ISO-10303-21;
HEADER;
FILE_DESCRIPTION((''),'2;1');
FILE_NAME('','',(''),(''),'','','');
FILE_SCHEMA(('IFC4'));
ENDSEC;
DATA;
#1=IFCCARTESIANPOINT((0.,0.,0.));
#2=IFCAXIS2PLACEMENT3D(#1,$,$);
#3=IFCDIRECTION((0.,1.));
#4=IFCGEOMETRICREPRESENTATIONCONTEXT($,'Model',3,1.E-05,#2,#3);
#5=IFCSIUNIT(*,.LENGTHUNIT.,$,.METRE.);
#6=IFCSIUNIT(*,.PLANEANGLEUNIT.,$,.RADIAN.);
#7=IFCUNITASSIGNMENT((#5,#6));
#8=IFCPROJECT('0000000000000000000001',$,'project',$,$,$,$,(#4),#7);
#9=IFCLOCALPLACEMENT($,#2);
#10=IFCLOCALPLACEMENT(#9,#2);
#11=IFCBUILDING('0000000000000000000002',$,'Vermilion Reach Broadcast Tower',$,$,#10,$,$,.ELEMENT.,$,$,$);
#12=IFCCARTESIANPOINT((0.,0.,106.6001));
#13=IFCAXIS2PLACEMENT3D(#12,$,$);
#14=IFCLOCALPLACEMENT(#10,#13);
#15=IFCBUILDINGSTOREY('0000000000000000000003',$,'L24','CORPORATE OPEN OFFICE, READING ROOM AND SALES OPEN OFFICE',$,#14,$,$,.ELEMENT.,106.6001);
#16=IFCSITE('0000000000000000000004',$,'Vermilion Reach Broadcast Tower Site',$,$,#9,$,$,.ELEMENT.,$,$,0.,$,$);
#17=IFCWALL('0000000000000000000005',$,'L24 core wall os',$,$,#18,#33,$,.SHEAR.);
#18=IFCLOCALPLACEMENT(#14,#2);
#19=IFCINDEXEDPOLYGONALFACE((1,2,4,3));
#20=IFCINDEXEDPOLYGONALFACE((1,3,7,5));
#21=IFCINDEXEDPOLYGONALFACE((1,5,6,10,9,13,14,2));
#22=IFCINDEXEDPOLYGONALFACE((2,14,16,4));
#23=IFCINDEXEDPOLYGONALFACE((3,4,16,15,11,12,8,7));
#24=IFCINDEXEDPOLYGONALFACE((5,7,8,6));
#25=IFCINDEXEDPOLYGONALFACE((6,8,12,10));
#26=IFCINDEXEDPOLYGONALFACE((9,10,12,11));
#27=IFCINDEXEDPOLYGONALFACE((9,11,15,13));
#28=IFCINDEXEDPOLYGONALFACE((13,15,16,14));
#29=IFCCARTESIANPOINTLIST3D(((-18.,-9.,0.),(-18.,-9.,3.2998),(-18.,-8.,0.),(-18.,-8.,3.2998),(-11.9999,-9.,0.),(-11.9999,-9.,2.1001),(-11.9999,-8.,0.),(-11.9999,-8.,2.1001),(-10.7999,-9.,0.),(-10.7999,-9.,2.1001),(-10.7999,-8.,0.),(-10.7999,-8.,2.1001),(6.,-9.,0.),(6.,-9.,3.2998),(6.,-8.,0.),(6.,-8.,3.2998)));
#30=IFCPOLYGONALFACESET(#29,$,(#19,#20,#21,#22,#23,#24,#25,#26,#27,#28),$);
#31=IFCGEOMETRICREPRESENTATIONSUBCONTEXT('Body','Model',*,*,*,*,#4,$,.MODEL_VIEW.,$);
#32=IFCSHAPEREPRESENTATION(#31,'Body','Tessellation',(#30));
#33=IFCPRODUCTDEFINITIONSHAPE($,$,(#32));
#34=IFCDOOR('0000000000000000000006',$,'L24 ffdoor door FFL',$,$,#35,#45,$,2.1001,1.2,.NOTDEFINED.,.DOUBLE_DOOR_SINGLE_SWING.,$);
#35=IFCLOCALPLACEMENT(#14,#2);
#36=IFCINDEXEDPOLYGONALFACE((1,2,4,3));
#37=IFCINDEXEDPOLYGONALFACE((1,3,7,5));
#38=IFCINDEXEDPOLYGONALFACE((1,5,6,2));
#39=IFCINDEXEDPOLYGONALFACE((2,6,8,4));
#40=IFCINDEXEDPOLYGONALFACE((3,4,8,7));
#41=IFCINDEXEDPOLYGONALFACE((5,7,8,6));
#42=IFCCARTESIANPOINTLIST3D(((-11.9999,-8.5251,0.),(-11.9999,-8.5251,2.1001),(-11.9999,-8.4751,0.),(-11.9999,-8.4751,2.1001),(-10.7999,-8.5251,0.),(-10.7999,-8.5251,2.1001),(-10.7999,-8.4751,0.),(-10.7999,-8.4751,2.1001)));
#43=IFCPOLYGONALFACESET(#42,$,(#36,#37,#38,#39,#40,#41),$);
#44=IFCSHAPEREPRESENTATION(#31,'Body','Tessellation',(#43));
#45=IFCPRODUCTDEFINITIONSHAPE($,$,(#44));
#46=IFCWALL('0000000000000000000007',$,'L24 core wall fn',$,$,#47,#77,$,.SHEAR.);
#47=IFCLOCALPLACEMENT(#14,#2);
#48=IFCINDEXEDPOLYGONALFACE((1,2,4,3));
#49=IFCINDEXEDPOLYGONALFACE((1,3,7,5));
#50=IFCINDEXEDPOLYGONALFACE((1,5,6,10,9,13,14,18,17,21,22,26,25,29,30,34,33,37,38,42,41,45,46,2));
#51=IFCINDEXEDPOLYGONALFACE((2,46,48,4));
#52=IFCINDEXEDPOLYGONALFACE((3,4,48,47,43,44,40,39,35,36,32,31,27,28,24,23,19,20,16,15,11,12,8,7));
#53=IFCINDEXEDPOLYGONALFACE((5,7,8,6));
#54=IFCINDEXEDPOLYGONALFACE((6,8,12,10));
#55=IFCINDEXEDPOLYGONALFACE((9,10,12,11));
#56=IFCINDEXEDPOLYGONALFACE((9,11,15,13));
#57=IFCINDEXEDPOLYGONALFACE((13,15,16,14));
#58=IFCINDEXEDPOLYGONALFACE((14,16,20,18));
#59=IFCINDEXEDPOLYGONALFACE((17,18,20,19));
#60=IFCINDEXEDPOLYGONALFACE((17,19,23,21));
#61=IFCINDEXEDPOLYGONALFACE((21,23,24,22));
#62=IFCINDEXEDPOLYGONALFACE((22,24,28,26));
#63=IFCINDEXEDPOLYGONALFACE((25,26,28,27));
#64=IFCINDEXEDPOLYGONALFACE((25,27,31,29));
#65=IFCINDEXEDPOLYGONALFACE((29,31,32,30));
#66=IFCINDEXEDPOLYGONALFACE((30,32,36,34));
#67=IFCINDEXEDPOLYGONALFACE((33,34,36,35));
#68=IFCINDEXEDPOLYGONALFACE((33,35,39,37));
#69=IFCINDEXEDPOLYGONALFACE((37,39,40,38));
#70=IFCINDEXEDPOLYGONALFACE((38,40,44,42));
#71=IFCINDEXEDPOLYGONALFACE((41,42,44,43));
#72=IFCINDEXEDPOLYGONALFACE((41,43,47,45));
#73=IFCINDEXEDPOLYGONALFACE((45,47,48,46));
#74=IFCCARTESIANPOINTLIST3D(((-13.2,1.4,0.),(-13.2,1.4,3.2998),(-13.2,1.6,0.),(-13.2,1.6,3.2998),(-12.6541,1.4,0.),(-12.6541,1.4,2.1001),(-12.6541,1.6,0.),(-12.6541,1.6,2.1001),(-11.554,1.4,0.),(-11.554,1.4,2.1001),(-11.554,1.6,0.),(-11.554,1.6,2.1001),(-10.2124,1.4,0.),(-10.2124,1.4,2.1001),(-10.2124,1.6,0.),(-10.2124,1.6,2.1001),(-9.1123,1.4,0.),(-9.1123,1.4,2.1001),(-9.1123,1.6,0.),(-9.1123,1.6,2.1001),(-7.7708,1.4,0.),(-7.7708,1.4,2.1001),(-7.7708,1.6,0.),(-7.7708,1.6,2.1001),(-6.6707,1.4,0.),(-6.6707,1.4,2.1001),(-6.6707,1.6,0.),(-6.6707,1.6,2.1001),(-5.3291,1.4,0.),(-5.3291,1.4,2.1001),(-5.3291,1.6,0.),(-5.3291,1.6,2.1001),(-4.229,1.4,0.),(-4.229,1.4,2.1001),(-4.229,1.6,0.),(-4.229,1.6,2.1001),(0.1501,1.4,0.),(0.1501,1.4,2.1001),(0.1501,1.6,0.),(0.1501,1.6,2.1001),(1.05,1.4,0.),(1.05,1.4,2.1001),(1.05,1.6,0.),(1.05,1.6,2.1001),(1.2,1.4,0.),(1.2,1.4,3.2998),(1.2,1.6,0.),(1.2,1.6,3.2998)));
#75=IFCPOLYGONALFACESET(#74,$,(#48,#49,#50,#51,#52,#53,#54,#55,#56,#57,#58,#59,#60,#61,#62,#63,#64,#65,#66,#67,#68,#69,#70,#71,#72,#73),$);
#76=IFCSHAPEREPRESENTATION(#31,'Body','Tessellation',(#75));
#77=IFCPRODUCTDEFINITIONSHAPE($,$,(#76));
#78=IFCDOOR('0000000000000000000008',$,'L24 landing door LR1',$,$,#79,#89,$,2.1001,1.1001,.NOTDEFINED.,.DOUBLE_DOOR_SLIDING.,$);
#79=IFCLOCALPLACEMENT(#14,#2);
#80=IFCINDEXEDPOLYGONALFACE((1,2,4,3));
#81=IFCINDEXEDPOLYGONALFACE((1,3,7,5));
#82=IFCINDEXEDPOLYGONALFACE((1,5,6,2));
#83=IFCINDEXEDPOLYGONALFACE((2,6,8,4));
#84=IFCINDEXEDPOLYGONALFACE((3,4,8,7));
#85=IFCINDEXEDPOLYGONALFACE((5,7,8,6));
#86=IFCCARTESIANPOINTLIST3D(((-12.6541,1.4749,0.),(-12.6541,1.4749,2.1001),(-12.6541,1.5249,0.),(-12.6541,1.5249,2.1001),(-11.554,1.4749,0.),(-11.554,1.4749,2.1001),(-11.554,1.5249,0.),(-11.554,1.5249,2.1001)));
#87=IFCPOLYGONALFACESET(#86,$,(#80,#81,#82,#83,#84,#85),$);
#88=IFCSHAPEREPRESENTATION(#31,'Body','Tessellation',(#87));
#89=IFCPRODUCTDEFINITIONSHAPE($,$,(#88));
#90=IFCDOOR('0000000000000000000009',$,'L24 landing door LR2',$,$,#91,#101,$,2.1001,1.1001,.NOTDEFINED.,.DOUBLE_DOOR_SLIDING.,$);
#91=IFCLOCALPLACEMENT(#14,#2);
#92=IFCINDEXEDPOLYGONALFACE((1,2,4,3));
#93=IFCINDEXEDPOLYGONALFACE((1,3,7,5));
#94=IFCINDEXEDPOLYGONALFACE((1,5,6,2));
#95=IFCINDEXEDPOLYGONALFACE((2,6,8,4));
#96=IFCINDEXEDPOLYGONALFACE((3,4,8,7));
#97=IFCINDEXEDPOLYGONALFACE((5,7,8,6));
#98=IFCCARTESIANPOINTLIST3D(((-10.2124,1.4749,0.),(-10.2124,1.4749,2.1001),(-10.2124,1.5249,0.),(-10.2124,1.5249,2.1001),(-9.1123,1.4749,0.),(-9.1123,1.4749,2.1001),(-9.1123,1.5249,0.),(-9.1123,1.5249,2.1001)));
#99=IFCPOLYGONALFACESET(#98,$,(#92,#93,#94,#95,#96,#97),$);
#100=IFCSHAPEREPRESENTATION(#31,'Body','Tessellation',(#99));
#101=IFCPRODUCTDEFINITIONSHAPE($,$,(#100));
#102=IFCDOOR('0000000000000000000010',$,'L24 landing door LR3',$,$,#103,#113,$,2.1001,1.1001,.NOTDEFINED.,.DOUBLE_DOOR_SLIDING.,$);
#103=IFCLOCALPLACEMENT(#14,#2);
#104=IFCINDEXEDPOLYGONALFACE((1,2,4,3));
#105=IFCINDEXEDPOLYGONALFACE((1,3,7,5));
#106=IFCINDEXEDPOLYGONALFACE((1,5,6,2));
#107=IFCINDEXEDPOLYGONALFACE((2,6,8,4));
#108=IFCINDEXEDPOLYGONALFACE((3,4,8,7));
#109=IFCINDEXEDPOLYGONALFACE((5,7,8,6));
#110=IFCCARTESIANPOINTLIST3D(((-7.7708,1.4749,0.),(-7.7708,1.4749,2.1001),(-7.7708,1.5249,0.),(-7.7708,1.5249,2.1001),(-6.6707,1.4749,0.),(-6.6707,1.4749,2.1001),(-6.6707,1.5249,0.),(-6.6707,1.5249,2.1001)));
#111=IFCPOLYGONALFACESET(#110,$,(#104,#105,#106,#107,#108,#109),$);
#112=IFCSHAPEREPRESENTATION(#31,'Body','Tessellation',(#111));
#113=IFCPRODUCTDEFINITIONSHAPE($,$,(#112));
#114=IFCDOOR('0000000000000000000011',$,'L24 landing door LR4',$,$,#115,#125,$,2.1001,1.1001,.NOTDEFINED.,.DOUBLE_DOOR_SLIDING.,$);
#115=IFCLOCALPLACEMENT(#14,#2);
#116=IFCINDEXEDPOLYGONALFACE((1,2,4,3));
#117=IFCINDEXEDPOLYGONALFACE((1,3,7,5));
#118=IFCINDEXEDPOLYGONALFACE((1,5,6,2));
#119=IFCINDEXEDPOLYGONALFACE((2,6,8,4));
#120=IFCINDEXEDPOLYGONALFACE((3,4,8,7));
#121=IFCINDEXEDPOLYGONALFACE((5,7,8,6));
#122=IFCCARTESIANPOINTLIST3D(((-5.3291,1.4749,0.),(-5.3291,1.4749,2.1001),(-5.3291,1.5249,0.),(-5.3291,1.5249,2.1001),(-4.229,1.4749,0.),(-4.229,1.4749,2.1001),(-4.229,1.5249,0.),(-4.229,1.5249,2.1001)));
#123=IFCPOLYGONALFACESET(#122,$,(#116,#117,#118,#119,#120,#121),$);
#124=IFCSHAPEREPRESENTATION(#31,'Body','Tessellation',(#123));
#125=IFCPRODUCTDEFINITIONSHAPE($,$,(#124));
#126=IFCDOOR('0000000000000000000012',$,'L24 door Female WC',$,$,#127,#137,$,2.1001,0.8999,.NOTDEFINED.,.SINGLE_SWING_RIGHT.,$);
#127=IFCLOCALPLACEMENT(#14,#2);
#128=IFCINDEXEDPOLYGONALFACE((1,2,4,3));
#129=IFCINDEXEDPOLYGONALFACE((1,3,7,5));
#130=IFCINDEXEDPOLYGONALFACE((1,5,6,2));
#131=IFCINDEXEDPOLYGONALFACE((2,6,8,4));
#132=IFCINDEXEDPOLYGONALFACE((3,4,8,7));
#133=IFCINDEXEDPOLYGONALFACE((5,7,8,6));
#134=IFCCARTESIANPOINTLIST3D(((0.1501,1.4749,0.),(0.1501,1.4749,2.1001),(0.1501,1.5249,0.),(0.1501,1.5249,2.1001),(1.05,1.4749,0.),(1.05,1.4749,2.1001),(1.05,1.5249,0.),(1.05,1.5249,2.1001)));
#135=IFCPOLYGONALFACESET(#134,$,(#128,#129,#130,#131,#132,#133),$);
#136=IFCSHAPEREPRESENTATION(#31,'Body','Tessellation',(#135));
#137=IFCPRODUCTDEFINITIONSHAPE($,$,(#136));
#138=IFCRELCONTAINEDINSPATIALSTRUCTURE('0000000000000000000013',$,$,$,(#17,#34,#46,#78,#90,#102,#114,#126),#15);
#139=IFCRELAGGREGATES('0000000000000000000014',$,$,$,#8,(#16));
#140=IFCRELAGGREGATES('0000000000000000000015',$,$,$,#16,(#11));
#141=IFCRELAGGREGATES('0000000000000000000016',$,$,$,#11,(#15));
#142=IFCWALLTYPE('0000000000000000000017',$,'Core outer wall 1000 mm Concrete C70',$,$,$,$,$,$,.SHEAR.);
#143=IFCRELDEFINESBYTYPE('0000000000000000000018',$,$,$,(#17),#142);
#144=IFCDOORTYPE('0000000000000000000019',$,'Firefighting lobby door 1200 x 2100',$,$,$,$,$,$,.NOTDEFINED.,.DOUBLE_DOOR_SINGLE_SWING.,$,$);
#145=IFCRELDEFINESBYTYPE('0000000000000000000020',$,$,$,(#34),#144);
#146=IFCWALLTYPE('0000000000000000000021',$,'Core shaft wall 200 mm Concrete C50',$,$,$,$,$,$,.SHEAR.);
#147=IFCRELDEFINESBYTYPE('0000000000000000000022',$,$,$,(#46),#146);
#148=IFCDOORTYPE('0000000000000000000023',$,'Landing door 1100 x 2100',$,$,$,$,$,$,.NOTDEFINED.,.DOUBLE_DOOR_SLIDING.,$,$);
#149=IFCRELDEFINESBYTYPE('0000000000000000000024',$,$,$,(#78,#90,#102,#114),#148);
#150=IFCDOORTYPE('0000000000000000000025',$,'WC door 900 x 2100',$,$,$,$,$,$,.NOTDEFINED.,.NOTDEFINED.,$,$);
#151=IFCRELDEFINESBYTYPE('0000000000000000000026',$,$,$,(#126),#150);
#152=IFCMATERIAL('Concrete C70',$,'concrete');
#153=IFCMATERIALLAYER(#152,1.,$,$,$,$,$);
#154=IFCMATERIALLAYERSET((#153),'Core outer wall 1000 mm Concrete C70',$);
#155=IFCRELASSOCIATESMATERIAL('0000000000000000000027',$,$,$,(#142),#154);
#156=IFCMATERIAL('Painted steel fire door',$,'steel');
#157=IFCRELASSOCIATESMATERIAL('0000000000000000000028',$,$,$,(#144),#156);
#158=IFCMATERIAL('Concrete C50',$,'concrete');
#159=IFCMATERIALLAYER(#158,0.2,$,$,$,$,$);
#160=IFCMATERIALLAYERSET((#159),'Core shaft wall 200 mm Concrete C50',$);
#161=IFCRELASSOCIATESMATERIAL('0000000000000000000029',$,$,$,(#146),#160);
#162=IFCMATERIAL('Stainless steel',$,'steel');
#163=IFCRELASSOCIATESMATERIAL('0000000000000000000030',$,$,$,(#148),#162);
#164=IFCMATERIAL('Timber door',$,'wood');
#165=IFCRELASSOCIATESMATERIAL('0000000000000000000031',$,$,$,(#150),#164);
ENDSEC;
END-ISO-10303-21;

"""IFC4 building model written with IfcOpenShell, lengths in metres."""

from ifc_helpers import new_model, si_unit, direction, frame, frame_2d, origin, place, context, subcontext, project, spatial, rectangle, extrude, material, layer, layer_set, type_object, element, fill, save


model = new_model("IFC4")

# Units and contexts
model_context = context("Model", 3, precision=1e-05, world=origin(), true_north=direction((0.0, 1.0)))
body_context = subcontext(model_context, "Body", "Model", "MODEL_VIEW")
ifc_project = project(units=[si_unit("LENGTHUNIT", "METRE"), si_unit("PLANEANGLEUNIT", "RADIAN")], contexts=[model_context])

# Site, building, storey
site_placement = place(None, origin())
site = spatial("IfcSite", under=ifc_project, at=site_placement, Name="Vermilion Reach Broadcast Tower Site", CompositionType="ELEMENT", RefElevation=0.0)
building_placement = place(site_placement, origin())
building = spatial("IfcBuilding", under=site, at=building_placement, Name="Vermilion Reach Broadcast Tower", CompositionType="ELEMENT")
storey_placement = place(building_placement, frame((0.0, 0.0, 106.6001)))
storey = spatial("IfcBuildingStorey", under=building, at=storey_placement, Name="L24", Description="CORPORATE OPEN OFFICE, READING ROOM AND SALES OPEN OFFICE", CompositionType="ELEMENT", Elevation=106.6001)

# Wall, opening, door
ifc_material_1 = material(Name="Concrete C70", Category="concrete")
ifc_layer_1 = layer(ifc_material_1, 1.0)
ifc_layer_set_1 = layer_set([ifc_layer_1], Name="Core outer wall 1000 mm Concrete C70")
wall_type_1 = type_object("IfcWallType", Name="Core outer wall 1000 mm Concrete C70", PredefinedType="SHEAR", material=ifc_layer_set_1)
wall_1_placement = place(storey_placement, frame((-18.0, -8.5, 0.0), z_axis=(0.0, 0.0, 1.0), x_axis=(1.0, 0.0, 0.0)))
wall_1 = element("IfcWall", 1, at=wall_1_placement, inside=storey, type_object=wall_type_1, Name="L24 core wall os", PredefinedType="SHEAR", context=body_context, shape_type="SweptSolid", body=[
    extrude(rectangle(XDim=24.0, YDim=1.0, at=frame_2d((12.0, 0.0))), origin(), (0.0, 0.0, 1.0), 3.2998),
])
opening_1_placement = place(wall_1_placement, frame((6.0, 0.0, 0.0)))
opening_1 = element("IfcOpeningElement", 2, at=opening_1_placement, cuts=wall_1, PredefinedType="OPENING", context=body_context, shape_type="SweptSolid", body=[
    extrude(rectangle(XDim=1.2, YDim=2.1001, at=frame_2d((0.6001, 1.05))), frame((0.0, 0.51, 0.0), z_axis=(0.0, -1.0, 0.0), x_axis=(1.0, 0.0, 0.0)), (0.0, 0.0, 1.0), 1.02),
])
ifc_material_2 = material(Name="Painted steel fire door", Category="steel")
door_type_1 = type_object("IfcDoorType", Name="Firefighting lobby door 1200 x 2100", OperationType="DOUBLE_DOOR_SINGLE_SWING", PredefinedType="NOTDEFINED", material=ifc_material_2)
door_1_placement = place(opening_1_placement, origin())
door_1 = element("IfcDoor", 3, at=door_1_placement, inside=storey, type_object=door_type_1, Name="L24 ffdoor door FFL", OperationType="DOUBLE_DOOR_SINGLE_SWING", OverallHeight=2.1001, OverallWidth=1.2, PredefinedType="NOTDEFINED", context=body_context, shape_type="SweptSolid", body=[
    extrude(rectangle(XDim=1.2, YDim=2.1001, at=frame_2d((0.6001, 1.05))), frame((0.0, 0.0249, 0.0), z_axis=(0.0, -1.0, 0.0), x_axis=(1.0, 0.0, 0.0)), (0.0, 0.0, 1.0), 0.05),
])
fill(opening_1, door_1)

# Wall, openings, doors
ifc_material_3 = material(Name="Concrete C50", Category="concrete")
ifc_layer_2 = layer(ifc_material_3, 0.2)
ifc_layer_set_2 = layer_set([ifc_layer_2], Name="Core shaft wall 200 mm Concrete C50")
wall_type_2 = type_object("IfcWallType", Name="Core shaft wall 200 mm Concrete C50", PredefinedType="SHEAR", material=ifc_layer_set_2)
wall_2_placement = place(storey_placement, frame((-13.2, 1.5, 0.0), z_axis=(0.0, 0.0, 1.0), x_axis=(1.0, 0.0, 0.0)))
wall_2 = element("IfcWall", 4, at=wall_2_placement, inside=storey, type_object=wall_type_2, Name="L24 core wall fn", PredefinedType="SHEAR", context=body_context, shape_type="SweptSolid", body=[
    extrude(rectangle(XDim=14.3999, YDim=0.2, at=frame_2d((7.2, 0.0))), origin(), (0.0, 0.0, 1.0), 3.2998),
])
opening_2_placement = place(wall_2_placement, frame((0.5459, 0.0, 0.0)))
opening_2 = element("IfcOpeningElement", 5, at=opening_2_placement, cuts=wall_2, PredefinedType="OPENING", context=body_context, shape_type="SweptSolid", body=[
    extrude(rectangle(XDim=1.1001, YDim=2.1001, at=frame_2d((0.55, 1.05))), frame((0.0, 0.1099, 0.0), z_axis=(0.0, -1.0, 0.0), x_axis=(1.0, 0.0, 0.0)), (0.0, 0.0, 1.0), 0.22),
])
opening_3_placement = place(wall_2_placement, frame((2.9875, 0.0, 0.0)))
opening_3 = element("IfcOpeningElement", 6, at=opening_3_placement, cuts=wall_2, PredefinedType="OPENING", context=body_context, shape_type="SweptSolid", body=[
    extrude(rectangle(XDim=1.1001, YDim=2.1001, at=frame_2d((0.55, 1.05))), frame((0.0, 0.1099, 0.0), z_axis=(0.0, -1.0, 0.0), x_axis=(1.0, 0.0, 0.0)), (0.0, 0.0, 1.0), 0.22),
])
opening_4_placement = place(wall_2_placement, frame((5.4292, 0.0, 0.0)))
opening_4 = element("IfcOpeningElement", 7, at=opening_4_placement, cuts=wall_2, PredefinedType="OPENING", context=body_context, shape_type="SweptSolid", body=[
    extrude(rectangle(XDim=1.1001, YDim=2.1001, at=frame_2d((0.55, 1.05))), frame((0.0, 0.1099, 0.0), z_axis=(0.0, -1.0, 0.0), x_axis=(1.0, 0.0, 0.0)), (0.0, 0.0, 1.0), 0.22),
])
opening_5_placement = place(wall_2_placement, frame((7.8708, 0.0, 0.0)))
opening_5 = element("IfcOpeningElement", 8, at=opening_5_placement, cuts=wall_2, PredefinedType="OPENING", context=body_context, shape_type="SweptSolid", body=[
    extrude(rectangle(XDim=1.1001, YDim=2.1001, at=frame_2d((0.55, 1.05))), frame((0.0, 0.1099, 0.0), z_axis=(0.0, -1.0, 0.0), x_axis=(1.0, 0.0, 0.0)), (0.0, 0.0, 1.0), 0.22),
])
opening_6_placement = place(wall_2_placement, frame((13.3501, 0.0, 0.0)))
opening_6 = element("IfcOpeningElement", 9, at=opening_6_placement, cuts=wall_2, PredefinedType="OPENING", context=body_context, shape_type="SweptSolid", body=[
    extrude(rectangle(XDim=0.8999, YDim=2.1001, at=frame_2d((0.45, 1.05))), frame((0.0, 0.1099, 0.0), z_axis=(0.0, -1.0, 0.0), x_axis=(1.0, 0.0, 0.0)), (0.0, 0.0, 1.0), 0.22),
])
ifc_material_4 = material(Name="Stainless steel", Category="steel")
door_type_2 = type_object("IfcDoorType", Name="Landing door 1100 x 2100", OperationType="DOUBLE_DOOR_SLIDING", PredefinedType="NOTDEFINED", material=ifc_material_4)
door_2_placement = place(opening_2_placement, origin())
door_2 = element("IfcDoor", 10, at=door_2_placement, inside=storey, type_object=door_type_2, Name="L24 landing door LR1", OperationType="DOUBLE_DOOR_SLIDING", OverallHeight=2.1001, OverallWidth=1.1001, PredefinedType="NOTDEFINED", context=body_context, shape_type="SweptSolid", body=[
    extrude(rectangle(XDim=1.1001, YDim=2.1001, at=frame_2d((0.55, 1.05))), frame((0.0, 0.0249, 0.0), z_axis=(0.0, -1.0, 0.0), x_axis=(1.0, 0.0, 0.0)), (0.0, 0.0, 1.0), 0.05),
])
fill(opening_2, door_2)
door_3_placement = place(opening_3_placement, origin())
door_3 = element("IfcDoor", 11, at=door_3_placement, inside=storey, type_object=door_type_2, Name="L24 landing door LR2", OperationType="DOUBLE_DOOR_SLIDING", OverallHeight=2.1001, OverallWidth=1.1001, PredefinedType="NOTDEFINED", context=body_context, shape_type="SweptSolid", body=[
    extrude(rectangle(XDim=1.1001, YDim=2.1001, at=frame_2d((0.55, 1.05))), frame((0.0, 0.0249, 0.0), z_axis=(0.0, -1.0, 0.0), x_axis=(1.0, 0.0, 0.0)), (0.0, 0.0, 1.0), 0.05),
])
fill(opening_3, door_3)
door_4_placement = place(opening_4_placement, origin())
door_4 = element("IfcDoor", 12, at=door_4_placement, inside=storey, type_object=door_type_2, Name="L24 landing door LR3", OperationType="DOUBLE_DOOR_SLIDING", OverallHeight=2.1001, OverallWidth=1.1001, PredefinedType="NOTDEFINED", context=body_context, shape_type="SweptSolid", body=[
    extrude(rectangle(XDim=1.1001, YDim=2.1001, at=frame_2d((0.55, 1.05))), frame((0.0, 0.0249, 0.0), z_axis=(0.0, -1.0, 0.0), x_axis=(1.0, 0.0, 0.0)), (0.0, 0.0, 1.0), 0.05),
])
fill(opening_4, door_4)
door_5_placement = place(opening_5_placement, origin())
door_5 = element("IfcDoor", 13, at=door_5_placement, inside=storey, type_object=door_type_2, Name="L24 landing door LR4", OperationType="DOUBLE_DOOR_SLIDING", OverallHeight=2.1001, OverallWidth=1.1001, PredefinedType="NOTDEFINED", context=body_context, shape_type="SweptSolid", body=[
    extrude(rectangle(XDim=1.1001, YDim=2.1001, at=frame_2d((0.55, 1.05))), frame((0.0, 0.0249, 0.0), z_axis=(0.0, -1.0, 0.0), x_axis=(1.0, 0.0, 0.0)), (0.0, 0.0, 1.0), 0.05),
])
fill(opening_5, door_5)
ifc_material_5 = material(Name="Timber door", Category="wood")
door_type_3 = type_object("IfcDoorType", Name="WC door 900 x 2100", OperationType="NOTDEFINED", PredefinedType="NOTDEFINED", material=ifc_material_5)
door_6_placement = place(opening_6_placement, origin())
door_6 = element("IfcDoor", 14, at=door_6_placement, inside=storey, type_object=door_type_3, Name="L24 door Female WC", OperationType="SINGLE_SWING_RIGHT", OverallHeight=2.1001, OverallWidth=0.8999, PredefinedType="NOTDEFINED", context=body_context, shape_type="SweptSolid", body=[
    extrude(rectangle(XDim=0.8999, YDim=2.1001, at=frame_2d((0.45, 1.05))), frame((0.0, 0.0249, 0.0), z_axis=(0.0, -1.0, 0.0), x_axis=(1.0, 0.0, 0.0)), (0.0, 0.0, 1.0), 0.05),
])
fill(opening_6, door_6)

save(model, "model.ifc")
